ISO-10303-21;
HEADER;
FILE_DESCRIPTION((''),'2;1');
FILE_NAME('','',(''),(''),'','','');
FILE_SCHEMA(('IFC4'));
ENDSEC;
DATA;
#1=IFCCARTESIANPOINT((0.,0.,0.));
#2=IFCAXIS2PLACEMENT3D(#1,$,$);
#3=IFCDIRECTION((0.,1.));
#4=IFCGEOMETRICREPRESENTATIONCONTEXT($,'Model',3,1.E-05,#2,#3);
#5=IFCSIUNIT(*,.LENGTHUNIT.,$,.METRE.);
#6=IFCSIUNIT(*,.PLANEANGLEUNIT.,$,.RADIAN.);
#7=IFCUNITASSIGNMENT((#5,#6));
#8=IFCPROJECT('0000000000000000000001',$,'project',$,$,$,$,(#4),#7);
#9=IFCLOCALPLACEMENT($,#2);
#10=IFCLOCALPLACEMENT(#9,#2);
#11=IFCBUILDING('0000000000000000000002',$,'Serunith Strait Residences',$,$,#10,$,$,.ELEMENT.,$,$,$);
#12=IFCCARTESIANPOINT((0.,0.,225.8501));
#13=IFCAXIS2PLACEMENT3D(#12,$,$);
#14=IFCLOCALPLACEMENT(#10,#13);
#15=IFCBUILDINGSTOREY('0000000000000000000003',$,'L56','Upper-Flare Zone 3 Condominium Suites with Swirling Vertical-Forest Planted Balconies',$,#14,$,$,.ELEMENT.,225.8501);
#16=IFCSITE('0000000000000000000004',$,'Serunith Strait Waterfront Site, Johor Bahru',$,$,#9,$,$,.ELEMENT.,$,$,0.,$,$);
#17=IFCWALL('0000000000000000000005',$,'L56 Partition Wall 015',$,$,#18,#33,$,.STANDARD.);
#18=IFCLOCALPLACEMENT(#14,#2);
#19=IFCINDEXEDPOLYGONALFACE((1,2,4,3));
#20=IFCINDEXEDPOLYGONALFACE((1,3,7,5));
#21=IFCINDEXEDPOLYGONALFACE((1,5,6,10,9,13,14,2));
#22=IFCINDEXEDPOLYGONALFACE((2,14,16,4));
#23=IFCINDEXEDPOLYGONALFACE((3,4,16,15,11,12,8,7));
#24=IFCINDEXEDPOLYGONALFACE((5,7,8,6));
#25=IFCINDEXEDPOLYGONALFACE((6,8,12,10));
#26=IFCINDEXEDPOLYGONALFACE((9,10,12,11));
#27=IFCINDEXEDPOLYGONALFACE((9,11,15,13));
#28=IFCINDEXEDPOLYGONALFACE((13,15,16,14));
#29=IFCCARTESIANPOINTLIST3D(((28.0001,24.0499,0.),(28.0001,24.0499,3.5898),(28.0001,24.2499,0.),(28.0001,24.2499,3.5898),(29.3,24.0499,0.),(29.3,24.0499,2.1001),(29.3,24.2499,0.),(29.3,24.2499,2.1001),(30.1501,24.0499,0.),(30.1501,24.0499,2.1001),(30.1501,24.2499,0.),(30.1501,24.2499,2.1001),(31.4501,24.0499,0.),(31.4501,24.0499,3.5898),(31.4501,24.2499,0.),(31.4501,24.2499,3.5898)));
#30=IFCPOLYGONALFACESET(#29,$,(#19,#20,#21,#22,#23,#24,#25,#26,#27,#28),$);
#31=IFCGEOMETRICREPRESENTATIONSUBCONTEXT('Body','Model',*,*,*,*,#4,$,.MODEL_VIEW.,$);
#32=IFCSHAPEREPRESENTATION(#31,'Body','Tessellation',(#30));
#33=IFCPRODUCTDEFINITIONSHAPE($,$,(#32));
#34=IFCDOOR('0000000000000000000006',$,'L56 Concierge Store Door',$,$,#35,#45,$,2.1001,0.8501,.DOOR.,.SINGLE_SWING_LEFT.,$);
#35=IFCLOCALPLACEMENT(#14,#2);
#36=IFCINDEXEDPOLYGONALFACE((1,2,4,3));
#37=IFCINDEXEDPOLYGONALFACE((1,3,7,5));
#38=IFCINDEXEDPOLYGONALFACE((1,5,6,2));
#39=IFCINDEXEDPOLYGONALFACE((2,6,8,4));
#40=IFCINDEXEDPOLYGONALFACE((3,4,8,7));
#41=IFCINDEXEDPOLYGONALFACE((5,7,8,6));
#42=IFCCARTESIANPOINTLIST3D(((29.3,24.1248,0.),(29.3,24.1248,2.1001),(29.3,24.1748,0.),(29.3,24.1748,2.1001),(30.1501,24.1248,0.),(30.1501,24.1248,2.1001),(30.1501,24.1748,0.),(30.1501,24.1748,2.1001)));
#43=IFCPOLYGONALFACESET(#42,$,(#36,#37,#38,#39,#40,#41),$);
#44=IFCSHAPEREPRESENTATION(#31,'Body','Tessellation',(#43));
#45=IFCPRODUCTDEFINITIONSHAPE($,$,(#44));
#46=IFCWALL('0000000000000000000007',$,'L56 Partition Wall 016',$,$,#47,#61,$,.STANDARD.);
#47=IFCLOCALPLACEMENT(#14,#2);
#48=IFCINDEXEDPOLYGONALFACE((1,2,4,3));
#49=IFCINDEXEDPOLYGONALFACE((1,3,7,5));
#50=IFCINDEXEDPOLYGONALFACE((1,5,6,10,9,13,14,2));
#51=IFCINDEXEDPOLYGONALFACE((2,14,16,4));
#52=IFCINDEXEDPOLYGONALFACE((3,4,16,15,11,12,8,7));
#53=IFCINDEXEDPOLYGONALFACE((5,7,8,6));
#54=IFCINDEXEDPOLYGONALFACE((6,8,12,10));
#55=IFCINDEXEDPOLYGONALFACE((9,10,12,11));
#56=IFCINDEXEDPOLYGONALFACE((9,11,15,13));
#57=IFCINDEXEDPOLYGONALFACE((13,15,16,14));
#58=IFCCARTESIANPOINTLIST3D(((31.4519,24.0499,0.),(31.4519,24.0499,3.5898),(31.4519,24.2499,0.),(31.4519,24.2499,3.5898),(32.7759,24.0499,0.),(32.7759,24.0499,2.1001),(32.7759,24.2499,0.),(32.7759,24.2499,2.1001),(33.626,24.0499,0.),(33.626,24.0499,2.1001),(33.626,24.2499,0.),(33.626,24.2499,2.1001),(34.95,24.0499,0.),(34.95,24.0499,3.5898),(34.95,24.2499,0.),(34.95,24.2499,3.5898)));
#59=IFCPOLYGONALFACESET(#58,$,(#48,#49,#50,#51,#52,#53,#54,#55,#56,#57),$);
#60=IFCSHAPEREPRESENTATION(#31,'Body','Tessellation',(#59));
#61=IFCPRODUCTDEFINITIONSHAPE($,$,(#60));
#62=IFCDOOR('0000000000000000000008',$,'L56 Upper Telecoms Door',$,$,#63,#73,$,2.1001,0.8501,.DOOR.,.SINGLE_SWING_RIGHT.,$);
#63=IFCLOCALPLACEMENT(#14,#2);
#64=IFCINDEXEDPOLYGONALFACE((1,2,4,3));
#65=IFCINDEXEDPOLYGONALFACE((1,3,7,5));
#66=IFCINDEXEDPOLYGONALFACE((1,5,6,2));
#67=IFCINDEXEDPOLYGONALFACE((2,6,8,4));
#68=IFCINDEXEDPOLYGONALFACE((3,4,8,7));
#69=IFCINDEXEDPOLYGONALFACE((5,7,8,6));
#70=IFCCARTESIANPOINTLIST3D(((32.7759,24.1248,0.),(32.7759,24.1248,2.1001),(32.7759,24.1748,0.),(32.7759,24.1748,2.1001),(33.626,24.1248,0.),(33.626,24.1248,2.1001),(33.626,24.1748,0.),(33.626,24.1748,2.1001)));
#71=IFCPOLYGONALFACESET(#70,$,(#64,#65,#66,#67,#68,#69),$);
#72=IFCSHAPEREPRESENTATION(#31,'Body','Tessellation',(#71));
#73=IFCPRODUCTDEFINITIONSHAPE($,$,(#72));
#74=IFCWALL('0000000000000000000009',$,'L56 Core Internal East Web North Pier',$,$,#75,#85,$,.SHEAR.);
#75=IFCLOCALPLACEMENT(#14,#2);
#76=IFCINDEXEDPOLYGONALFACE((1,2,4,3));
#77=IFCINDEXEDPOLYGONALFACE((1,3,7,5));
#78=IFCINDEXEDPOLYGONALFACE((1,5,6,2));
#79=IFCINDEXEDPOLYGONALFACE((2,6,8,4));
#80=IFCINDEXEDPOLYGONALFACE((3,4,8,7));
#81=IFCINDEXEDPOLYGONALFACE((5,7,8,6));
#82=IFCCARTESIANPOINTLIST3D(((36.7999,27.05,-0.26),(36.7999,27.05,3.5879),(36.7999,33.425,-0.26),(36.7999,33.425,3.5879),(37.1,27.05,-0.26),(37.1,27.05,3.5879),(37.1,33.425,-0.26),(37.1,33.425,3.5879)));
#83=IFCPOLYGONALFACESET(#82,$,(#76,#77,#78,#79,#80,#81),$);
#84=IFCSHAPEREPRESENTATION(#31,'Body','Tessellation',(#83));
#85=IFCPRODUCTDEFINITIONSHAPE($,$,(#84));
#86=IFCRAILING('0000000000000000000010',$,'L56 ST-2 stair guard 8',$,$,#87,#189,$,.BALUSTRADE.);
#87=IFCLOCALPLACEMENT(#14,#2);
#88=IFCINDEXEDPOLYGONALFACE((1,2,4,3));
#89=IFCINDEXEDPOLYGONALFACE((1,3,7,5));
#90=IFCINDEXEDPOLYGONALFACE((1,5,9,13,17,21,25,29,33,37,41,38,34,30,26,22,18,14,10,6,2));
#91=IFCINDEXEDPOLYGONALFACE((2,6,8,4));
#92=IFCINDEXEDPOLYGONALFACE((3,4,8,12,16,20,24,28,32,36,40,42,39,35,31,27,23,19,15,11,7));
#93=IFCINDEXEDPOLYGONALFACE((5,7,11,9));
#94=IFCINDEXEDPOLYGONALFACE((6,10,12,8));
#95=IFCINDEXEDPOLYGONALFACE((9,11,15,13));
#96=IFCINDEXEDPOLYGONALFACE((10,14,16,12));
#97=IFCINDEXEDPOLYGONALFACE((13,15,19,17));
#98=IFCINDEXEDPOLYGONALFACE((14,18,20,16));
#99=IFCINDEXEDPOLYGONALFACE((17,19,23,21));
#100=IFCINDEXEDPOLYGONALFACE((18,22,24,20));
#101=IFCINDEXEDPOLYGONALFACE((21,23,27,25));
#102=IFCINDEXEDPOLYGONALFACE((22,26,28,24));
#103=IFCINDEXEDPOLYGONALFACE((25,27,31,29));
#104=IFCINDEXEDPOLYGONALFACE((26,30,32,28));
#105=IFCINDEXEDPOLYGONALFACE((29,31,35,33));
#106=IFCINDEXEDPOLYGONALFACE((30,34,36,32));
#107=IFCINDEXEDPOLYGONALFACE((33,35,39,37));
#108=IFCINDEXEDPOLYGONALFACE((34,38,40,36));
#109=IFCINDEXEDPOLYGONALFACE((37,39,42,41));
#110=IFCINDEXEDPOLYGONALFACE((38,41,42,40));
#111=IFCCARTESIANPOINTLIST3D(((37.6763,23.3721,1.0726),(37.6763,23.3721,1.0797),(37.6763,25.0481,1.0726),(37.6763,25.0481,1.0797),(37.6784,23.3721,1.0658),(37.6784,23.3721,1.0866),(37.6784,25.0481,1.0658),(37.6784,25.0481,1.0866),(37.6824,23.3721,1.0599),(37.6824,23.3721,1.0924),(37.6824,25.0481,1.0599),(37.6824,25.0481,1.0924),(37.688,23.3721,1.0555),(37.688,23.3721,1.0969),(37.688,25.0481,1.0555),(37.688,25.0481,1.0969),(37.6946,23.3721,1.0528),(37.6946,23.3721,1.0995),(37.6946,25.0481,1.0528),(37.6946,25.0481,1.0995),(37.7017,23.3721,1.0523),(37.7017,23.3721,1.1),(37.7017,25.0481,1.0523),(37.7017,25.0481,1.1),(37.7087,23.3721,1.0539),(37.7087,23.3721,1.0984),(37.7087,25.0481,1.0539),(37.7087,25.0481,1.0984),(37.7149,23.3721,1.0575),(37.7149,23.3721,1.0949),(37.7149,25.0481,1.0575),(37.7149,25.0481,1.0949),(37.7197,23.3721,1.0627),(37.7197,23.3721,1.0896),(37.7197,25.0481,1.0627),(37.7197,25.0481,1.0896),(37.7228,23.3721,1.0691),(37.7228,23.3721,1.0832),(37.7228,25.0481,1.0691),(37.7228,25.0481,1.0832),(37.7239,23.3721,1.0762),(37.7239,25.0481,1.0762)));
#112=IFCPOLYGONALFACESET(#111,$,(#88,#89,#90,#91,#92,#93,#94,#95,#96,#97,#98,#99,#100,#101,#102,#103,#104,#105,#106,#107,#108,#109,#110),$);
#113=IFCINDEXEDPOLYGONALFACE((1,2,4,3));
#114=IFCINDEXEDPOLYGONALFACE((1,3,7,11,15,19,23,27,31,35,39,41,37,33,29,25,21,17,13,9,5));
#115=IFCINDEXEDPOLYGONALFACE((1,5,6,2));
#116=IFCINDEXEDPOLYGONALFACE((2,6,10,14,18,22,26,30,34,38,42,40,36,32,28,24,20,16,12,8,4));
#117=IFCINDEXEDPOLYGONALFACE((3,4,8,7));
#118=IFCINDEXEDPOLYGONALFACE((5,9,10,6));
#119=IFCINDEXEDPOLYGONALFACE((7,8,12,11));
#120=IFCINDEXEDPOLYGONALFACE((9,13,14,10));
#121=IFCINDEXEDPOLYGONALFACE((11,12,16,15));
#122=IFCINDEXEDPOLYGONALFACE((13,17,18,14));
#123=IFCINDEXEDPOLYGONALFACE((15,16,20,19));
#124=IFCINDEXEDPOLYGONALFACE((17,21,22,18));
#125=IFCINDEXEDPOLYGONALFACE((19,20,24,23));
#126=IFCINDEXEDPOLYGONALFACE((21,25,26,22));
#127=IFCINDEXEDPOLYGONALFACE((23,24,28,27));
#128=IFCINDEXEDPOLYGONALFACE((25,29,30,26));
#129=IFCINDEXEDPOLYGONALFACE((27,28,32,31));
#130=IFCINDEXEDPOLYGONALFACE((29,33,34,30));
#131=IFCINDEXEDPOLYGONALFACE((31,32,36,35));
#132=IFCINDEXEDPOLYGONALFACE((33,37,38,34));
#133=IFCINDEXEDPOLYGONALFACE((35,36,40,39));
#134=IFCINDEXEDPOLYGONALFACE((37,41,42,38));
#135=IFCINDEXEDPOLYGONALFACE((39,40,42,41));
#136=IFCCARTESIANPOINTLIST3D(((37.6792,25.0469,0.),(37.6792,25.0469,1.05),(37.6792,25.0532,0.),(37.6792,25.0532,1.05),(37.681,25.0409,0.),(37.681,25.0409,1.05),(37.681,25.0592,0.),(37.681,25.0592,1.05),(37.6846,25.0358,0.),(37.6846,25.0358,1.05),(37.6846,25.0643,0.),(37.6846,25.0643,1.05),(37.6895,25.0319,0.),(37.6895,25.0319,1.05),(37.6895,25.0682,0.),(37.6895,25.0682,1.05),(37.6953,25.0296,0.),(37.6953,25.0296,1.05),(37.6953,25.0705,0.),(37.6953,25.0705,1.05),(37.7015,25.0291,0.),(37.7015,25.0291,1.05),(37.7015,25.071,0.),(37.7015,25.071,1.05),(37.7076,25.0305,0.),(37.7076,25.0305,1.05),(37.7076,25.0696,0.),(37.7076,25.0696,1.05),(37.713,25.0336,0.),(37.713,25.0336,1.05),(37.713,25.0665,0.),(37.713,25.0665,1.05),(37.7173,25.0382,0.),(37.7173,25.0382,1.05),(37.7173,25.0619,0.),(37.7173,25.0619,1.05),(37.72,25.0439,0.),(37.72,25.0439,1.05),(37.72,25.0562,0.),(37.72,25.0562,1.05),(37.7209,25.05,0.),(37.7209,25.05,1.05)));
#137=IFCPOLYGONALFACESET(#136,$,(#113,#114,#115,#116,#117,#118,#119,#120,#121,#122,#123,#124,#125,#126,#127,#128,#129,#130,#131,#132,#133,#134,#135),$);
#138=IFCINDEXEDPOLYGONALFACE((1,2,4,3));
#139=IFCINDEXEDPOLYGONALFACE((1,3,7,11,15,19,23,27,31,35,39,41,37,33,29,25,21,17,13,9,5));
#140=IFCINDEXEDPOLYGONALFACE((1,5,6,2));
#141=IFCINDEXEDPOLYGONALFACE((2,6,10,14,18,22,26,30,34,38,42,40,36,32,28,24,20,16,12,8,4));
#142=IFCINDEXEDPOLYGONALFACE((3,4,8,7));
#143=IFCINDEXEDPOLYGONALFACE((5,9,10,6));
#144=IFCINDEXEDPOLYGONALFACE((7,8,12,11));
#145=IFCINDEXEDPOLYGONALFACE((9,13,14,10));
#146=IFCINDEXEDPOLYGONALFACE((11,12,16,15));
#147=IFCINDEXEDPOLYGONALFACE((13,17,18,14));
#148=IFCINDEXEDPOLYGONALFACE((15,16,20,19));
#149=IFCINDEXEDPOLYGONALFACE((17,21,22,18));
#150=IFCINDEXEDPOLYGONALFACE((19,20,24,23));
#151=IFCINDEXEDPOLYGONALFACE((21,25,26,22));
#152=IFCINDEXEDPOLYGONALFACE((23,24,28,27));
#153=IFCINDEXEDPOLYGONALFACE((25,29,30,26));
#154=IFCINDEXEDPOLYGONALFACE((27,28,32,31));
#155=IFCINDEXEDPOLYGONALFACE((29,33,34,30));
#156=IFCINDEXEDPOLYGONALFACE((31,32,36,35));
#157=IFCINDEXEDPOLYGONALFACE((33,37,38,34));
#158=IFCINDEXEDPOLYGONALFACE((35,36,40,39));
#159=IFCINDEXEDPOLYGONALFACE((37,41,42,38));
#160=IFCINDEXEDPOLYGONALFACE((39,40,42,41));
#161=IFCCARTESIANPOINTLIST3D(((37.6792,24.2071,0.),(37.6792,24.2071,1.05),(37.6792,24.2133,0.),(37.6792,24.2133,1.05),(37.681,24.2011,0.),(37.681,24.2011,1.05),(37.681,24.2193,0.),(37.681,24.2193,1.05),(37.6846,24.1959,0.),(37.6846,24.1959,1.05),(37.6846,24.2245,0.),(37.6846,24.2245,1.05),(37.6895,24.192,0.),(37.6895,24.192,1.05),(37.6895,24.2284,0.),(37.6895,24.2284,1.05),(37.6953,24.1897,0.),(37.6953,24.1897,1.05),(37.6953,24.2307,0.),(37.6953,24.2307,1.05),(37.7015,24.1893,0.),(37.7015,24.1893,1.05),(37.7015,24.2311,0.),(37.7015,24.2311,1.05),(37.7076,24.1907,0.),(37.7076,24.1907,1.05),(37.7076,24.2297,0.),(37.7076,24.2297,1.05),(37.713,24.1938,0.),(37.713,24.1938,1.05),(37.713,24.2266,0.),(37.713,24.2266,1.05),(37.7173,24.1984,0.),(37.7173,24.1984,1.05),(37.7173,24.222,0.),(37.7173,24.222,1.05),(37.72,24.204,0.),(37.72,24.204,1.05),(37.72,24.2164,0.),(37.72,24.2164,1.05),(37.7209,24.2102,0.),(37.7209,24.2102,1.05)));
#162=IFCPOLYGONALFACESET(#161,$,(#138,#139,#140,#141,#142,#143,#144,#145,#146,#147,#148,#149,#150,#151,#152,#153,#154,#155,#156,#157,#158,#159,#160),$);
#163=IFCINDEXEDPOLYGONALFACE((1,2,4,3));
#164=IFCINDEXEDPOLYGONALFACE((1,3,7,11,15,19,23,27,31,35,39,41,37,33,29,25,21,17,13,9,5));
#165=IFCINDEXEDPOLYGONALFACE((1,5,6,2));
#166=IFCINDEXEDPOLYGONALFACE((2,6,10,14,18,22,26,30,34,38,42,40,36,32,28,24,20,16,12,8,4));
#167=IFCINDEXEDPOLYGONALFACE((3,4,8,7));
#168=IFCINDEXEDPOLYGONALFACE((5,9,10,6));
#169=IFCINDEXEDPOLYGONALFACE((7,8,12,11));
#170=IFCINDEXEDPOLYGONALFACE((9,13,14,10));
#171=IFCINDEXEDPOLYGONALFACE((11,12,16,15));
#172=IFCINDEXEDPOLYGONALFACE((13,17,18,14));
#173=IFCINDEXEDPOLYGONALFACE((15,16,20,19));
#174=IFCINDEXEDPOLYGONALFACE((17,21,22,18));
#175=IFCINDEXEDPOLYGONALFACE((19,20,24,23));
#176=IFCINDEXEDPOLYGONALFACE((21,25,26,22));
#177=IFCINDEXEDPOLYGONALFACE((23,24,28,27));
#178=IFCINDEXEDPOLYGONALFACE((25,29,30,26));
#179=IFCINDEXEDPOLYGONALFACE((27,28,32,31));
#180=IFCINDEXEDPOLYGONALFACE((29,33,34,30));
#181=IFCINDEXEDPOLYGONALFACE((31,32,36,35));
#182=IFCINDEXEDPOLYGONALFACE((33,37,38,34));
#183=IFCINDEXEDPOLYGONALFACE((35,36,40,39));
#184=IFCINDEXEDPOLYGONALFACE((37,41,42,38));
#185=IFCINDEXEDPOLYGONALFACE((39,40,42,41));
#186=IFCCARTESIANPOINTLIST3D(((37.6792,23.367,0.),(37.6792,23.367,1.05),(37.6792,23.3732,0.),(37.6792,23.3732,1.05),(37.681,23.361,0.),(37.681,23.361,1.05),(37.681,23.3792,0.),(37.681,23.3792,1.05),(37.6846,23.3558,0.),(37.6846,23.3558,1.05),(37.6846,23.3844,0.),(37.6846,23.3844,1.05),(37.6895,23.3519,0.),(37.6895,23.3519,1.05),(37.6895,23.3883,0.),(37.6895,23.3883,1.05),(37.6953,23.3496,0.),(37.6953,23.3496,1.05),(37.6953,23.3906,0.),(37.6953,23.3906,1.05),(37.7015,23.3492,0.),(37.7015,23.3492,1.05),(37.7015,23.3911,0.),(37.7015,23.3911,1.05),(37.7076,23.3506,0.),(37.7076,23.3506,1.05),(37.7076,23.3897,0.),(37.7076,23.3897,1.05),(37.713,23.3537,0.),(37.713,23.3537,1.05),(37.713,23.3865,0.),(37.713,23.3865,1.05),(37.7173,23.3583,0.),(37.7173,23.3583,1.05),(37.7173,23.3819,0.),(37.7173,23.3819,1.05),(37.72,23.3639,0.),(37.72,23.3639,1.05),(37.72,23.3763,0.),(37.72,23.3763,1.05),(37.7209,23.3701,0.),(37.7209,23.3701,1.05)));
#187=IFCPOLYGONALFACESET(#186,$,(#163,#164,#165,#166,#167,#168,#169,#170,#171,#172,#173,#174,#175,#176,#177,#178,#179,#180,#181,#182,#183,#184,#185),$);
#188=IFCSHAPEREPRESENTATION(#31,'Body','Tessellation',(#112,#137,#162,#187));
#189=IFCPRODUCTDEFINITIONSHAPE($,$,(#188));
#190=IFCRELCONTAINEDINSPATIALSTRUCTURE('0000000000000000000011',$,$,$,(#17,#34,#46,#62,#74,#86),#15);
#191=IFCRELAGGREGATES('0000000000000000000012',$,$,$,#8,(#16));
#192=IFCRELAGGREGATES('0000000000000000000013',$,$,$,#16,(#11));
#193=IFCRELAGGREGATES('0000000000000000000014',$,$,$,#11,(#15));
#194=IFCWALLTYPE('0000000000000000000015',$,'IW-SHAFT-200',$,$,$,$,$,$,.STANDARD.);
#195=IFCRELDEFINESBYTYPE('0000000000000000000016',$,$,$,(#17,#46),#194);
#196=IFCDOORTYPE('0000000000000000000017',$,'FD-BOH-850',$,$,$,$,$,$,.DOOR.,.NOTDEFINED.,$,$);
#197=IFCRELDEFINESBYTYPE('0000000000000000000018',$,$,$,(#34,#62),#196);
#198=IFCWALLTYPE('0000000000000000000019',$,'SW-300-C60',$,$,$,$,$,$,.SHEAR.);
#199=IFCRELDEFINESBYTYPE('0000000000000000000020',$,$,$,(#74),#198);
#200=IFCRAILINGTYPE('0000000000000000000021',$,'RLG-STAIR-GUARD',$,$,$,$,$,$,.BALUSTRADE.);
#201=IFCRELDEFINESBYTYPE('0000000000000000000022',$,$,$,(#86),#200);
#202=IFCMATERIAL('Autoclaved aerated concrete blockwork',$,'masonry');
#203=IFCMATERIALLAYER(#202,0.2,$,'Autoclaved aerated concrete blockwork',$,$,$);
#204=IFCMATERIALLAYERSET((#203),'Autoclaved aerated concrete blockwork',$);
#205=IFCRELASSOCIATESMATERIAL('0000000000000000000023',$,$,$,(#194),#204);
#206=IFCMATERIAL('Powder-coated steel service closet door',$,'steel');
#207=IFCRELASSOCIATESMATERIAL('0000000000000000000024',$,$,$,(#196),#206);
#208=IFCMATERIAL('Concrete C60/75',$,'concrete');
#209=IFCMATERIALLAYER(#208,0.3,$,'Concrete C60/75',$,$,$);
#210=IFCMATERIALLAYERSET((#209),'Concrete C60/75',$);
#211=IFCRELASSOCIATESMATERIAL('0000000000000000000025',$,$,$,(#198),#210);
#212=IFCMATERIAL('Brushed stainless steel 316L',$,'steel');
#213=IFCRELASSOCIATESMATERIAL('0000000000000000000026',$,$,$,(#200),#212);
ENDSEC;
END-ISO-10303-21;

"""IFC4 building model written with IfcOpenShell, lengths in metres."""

from ifc_helpers import new_model, si_unit, direction, frame, frame_2d, origin, origin_2d, place, context, subcontext, project, spatial, rectangle, circle, extrude, source, transform, mapped, material, layer, layer_set, type_object, element, fill, save


model = new_model("IFC4")

# Units and contexts
model_context = context("Model", 3, precision=1e-05, world=origin(), true_north=direction((0.0, 1.0)))
body_context = subcontext(model_context, "Body", "Model", "MODEL_VIEW")
ifc_project = project(units=[si_unit("LENGTHUNIT", "METRE"), si_unit("PLANEANGLEUNIT", "RADIAN")], contexts=[model_context])

# Site, building, storey
site_placement = place(None, origin())
site = spatial("IfcSite", under=ifc_project, at=site_placement, Name="Serunith Strait Waterfront Site, Johor Bahru", CompositionType="ELEMENT", RefElevation=0.0)
building_placement = place(site_placement, origin())
building = spatial("IfcBuilding", under=site, at=building_placement, Name="Serunith Strait Residences", CompositionType="ELEMENT")
storey_placement = place(building_placement, frame((0.0, 0.0, 225.8501)))
storey = spatial("IfcBuildingStorey", under=building, at=storey_placement, Name="L56", Description="Upper-Flare Zone 3 Condominium Suites with Swirling Vertical-Forest Planted Balconies", CompositionType="ELEMENT", Elevation=225.8501)

# Shared definitions
shared_shape_1 = source(origin(), body_context, "Body", "SweptSolid", [
    extrude(rectangle(XDim=0.8501, YDim=2.1001, at=frame_2d((0.425, 1.05))), frame((0.0, 0.0249, 0.0), z_axis=(0.0, -1.0, 0.0), x_axis=(1.0, 0.0, 0.0)), (0.0, 0.0, 1.0), 0.05),
])

# Shared definitions
ifc_material_1 = material(Name="Autoclaved aerated concrete blockwork", Category="masonry")
ifc_layer_1 = layer(ifc_material_1, 0.2, Name="Autoclaved aerated concrete blockwork")
ifc_layer_set_1 = layer_set([ifc_layer_1], Name="Autoclaved aerated concrete blockwork")
wall_type_1 = type_object("IfcWallType", Name="IW-SHAFT-200", PredefinedType="STANDARD", material=ifc_layer_set_1)

# Shared definitions
ifc_material_2 = material(Name="Powder-coated steel service closet door", Category="steel")
door_type_1 = type_object("IfcDoorType", Name="FD-BOH-850", OperationType="NOTDEFINED", PredefinedType="DOOR", material=ifc_material_2)

# Walls, openings, doors
wall_1_placement = place(storey_placement, frame((28.0, 24.1499, 0.0), z_axis=(0.0, 0.0, 1.0), x_axis=(1.0, 0.0, 0.0)))
wall_1 = element("IfcWall", 1, at=wall_1_placement, inside=storey, type_object=wall_type_1, Name="L56 Partition Wall 015", PredefinedType="STANDARD", context=body_context, shape_type="SweptSolid", body=[
    extrude(rectangle(XDim=3.45, YDim=0.2, at=frame_2d((1.7251, 0.0))), origin(), (0.0, 0.0, 1.0), 3.5898),
])
opening_1_placement = place(wall_1_placement, frame((1.3, 0.0, 0.0)))
opening_1 = element("IfcOpeningElement", 2, at=opening_1_placement, cuts=wall_1, PredefinedType="OPENING", context=body_context, shape_type="SweptSolid", body=[
    extrude(rectangle(XDim=0.8501, YDim=2.1001, at=frame_2d((0.425, 1.05))), frame((0.0, 0.1099, 0.0), z_axis=(0.0, -1.0, 0.0), x_axis=(1.0, 0.0, 0.0)), (0.0, 0.0, 1.0), 0.22),
])
door_1_placement = place(opening_1_placement, origin())
door_1 = element("IfcDoor", 3, at=door_1_placement, inside=storey, type_object=door_type_1, Name="L56 Concierge Store Door", OperationType="SINGLE_SWING_LEFT", OverallHeight=2.1001, OverallWidth=0.8501, PredefinedType="DOOR", context=body_context, shape_type="MappedRepresentation", body=[
    mapped(shared_shape_1, transform((0.0, 0.0, 0.0), scale=1.0)),
])
fill(opening_1, door_1)
wall_2_placement = place(storey_placement, frame((31.4519, 24.1499, 0.0), z_axis=(0.0, 0.0, 1.0), x_axis=(1.0, 0.0, 0.0)))
wall_2 = element("IfcWall", 4, at=wall_2_placement, inside=storey, type_object=wall_type_1, Name="L56 Partition Wall 016", PredefinedType="STANDARD", context=body_context, shape_type="SweptSolid", body=[
    extrude(rectangle(XDim=3.498, YDim=0.2, at=frame_2d((1.749, 0.0))), origin(), (0.0, 0.0, 1.0), 3.5898),
])
opening_2_placement = place(wall_2_placement, frame((1.324, 0.0, 0.0)))
opening_2 = element("IfcOpeningElement", 5, at=opening_2_placement, cuts=wall_2, PredefinedType="OPENING", context=body_context, shape_type="SweptSolid", body=[
    extrude(rectangle(XDim=0.8501, YDim=2.1001, at=frame_2d((0.425, 1.05))), frame((0.0, 0.1099, 0.0), z_axis=(0.0, -1.0, 0.0), x_axis=(1.0, 0.0, 0.0)), (0.0, 0.0, 1.0), 0.22),
])
door_2_placement = place(opening_2_placement, origin())
door_2 = element("IfcDoor", 6, at=door_2_placement, inside=storey, type_object=door_type_1, Name="L56 Upper Telecoms Door", OperationType="SINGLE_SWING_RIGHT", OverallHeight=2.1001, OverallWidth=0.8501, PredefinedType="DOOR", context=body_context, shape_type="MappedRepresentation", body=[
    mapped(shared_shape_1, transform((0.0, 0.0, 0.0), scale=1.0)),
])
fill(opening_2, door_2)

# Wall
ifc_material_3 = material(Name="Concrete C60/75", Category="concrete")
ifc_layer_2 = layer(ifc_material_3, 0.3, Name="Concrete C60/75")
ifc_layer_set_2 = layer_set([ifc_layer_2], Name="Concrete C60/75")
wall_type_2 = type_object("IfcWallType", Name="SW-300-C60", PredefinedType="SHEAR", material=ifc_layer_set_2)
wall_3_placement = place(storey_placement, frame((36.95, 27.05, -0.26), z_axis=(0.0, 0.0, 1.0), x_axis=(0.0, 1.0, 0.0)))
element("IfcWall", 7, at=wall_3_placement, inside=storey, type_object=wall_type_2, Name="L56 Core Internal East Web North Pier", PredefinedType="SHEAR", context=body_context, shape_type="SweptSolid", body=[
    extrude(rectangle(XDim=6.375, YDim=0.3, at=frame_2d((3.1875, 0.0))), origin(), (0.0, 0.0, 1.0), 3.8479),
])

# Railing
ifc_material_4 = material(Name="Brushed stainless steel 316L", Category="steel")
railing_type = type_object("IfcRailingType", Name="RLG-STAIR-GUARD", PredefinedType="BALUSTRADE", material=ifc_material_4)
for number, where, name in (
    (8, (37.7, 25.05, 0.0), "L56 ST-2 stair guard 8"),
):
    element("IfcRailing", number, at=place(storey_placement, frame(where)), inside=storey, type_object=railing_type, Name=name, PredefinedType="BALUSTRADE", context=body_context, shape_type="SweptSolid", body=[
        extrude(circle(Radius=0.0239, at=origin_2d()), frame((0.0, -0.002, 1.0762), z_axis=(0.0, -1.0, 0.0), x_axis=(1.0, 0.0, 0.0)), (0.0, 0.0, 1.0), 1.676),
        extrude(circle(Radius=0.021, at=origin_2d()), origin(), (0.0, 0.0, 1.0), 1.05),
        extrude(circle(Radius=0.021, at=origin_2d()), frame((0.0, -0.8398, 0.0)), (0.0, 0.0, 1.0), 1.05),
        extrude(circle(Radius=0.021, at=origin_2d()), frame((0.0, -1.6799, 0.0)), (0.0, 0.0, 1.0), 1.05),
    ])

save(model, "model.ifc")
